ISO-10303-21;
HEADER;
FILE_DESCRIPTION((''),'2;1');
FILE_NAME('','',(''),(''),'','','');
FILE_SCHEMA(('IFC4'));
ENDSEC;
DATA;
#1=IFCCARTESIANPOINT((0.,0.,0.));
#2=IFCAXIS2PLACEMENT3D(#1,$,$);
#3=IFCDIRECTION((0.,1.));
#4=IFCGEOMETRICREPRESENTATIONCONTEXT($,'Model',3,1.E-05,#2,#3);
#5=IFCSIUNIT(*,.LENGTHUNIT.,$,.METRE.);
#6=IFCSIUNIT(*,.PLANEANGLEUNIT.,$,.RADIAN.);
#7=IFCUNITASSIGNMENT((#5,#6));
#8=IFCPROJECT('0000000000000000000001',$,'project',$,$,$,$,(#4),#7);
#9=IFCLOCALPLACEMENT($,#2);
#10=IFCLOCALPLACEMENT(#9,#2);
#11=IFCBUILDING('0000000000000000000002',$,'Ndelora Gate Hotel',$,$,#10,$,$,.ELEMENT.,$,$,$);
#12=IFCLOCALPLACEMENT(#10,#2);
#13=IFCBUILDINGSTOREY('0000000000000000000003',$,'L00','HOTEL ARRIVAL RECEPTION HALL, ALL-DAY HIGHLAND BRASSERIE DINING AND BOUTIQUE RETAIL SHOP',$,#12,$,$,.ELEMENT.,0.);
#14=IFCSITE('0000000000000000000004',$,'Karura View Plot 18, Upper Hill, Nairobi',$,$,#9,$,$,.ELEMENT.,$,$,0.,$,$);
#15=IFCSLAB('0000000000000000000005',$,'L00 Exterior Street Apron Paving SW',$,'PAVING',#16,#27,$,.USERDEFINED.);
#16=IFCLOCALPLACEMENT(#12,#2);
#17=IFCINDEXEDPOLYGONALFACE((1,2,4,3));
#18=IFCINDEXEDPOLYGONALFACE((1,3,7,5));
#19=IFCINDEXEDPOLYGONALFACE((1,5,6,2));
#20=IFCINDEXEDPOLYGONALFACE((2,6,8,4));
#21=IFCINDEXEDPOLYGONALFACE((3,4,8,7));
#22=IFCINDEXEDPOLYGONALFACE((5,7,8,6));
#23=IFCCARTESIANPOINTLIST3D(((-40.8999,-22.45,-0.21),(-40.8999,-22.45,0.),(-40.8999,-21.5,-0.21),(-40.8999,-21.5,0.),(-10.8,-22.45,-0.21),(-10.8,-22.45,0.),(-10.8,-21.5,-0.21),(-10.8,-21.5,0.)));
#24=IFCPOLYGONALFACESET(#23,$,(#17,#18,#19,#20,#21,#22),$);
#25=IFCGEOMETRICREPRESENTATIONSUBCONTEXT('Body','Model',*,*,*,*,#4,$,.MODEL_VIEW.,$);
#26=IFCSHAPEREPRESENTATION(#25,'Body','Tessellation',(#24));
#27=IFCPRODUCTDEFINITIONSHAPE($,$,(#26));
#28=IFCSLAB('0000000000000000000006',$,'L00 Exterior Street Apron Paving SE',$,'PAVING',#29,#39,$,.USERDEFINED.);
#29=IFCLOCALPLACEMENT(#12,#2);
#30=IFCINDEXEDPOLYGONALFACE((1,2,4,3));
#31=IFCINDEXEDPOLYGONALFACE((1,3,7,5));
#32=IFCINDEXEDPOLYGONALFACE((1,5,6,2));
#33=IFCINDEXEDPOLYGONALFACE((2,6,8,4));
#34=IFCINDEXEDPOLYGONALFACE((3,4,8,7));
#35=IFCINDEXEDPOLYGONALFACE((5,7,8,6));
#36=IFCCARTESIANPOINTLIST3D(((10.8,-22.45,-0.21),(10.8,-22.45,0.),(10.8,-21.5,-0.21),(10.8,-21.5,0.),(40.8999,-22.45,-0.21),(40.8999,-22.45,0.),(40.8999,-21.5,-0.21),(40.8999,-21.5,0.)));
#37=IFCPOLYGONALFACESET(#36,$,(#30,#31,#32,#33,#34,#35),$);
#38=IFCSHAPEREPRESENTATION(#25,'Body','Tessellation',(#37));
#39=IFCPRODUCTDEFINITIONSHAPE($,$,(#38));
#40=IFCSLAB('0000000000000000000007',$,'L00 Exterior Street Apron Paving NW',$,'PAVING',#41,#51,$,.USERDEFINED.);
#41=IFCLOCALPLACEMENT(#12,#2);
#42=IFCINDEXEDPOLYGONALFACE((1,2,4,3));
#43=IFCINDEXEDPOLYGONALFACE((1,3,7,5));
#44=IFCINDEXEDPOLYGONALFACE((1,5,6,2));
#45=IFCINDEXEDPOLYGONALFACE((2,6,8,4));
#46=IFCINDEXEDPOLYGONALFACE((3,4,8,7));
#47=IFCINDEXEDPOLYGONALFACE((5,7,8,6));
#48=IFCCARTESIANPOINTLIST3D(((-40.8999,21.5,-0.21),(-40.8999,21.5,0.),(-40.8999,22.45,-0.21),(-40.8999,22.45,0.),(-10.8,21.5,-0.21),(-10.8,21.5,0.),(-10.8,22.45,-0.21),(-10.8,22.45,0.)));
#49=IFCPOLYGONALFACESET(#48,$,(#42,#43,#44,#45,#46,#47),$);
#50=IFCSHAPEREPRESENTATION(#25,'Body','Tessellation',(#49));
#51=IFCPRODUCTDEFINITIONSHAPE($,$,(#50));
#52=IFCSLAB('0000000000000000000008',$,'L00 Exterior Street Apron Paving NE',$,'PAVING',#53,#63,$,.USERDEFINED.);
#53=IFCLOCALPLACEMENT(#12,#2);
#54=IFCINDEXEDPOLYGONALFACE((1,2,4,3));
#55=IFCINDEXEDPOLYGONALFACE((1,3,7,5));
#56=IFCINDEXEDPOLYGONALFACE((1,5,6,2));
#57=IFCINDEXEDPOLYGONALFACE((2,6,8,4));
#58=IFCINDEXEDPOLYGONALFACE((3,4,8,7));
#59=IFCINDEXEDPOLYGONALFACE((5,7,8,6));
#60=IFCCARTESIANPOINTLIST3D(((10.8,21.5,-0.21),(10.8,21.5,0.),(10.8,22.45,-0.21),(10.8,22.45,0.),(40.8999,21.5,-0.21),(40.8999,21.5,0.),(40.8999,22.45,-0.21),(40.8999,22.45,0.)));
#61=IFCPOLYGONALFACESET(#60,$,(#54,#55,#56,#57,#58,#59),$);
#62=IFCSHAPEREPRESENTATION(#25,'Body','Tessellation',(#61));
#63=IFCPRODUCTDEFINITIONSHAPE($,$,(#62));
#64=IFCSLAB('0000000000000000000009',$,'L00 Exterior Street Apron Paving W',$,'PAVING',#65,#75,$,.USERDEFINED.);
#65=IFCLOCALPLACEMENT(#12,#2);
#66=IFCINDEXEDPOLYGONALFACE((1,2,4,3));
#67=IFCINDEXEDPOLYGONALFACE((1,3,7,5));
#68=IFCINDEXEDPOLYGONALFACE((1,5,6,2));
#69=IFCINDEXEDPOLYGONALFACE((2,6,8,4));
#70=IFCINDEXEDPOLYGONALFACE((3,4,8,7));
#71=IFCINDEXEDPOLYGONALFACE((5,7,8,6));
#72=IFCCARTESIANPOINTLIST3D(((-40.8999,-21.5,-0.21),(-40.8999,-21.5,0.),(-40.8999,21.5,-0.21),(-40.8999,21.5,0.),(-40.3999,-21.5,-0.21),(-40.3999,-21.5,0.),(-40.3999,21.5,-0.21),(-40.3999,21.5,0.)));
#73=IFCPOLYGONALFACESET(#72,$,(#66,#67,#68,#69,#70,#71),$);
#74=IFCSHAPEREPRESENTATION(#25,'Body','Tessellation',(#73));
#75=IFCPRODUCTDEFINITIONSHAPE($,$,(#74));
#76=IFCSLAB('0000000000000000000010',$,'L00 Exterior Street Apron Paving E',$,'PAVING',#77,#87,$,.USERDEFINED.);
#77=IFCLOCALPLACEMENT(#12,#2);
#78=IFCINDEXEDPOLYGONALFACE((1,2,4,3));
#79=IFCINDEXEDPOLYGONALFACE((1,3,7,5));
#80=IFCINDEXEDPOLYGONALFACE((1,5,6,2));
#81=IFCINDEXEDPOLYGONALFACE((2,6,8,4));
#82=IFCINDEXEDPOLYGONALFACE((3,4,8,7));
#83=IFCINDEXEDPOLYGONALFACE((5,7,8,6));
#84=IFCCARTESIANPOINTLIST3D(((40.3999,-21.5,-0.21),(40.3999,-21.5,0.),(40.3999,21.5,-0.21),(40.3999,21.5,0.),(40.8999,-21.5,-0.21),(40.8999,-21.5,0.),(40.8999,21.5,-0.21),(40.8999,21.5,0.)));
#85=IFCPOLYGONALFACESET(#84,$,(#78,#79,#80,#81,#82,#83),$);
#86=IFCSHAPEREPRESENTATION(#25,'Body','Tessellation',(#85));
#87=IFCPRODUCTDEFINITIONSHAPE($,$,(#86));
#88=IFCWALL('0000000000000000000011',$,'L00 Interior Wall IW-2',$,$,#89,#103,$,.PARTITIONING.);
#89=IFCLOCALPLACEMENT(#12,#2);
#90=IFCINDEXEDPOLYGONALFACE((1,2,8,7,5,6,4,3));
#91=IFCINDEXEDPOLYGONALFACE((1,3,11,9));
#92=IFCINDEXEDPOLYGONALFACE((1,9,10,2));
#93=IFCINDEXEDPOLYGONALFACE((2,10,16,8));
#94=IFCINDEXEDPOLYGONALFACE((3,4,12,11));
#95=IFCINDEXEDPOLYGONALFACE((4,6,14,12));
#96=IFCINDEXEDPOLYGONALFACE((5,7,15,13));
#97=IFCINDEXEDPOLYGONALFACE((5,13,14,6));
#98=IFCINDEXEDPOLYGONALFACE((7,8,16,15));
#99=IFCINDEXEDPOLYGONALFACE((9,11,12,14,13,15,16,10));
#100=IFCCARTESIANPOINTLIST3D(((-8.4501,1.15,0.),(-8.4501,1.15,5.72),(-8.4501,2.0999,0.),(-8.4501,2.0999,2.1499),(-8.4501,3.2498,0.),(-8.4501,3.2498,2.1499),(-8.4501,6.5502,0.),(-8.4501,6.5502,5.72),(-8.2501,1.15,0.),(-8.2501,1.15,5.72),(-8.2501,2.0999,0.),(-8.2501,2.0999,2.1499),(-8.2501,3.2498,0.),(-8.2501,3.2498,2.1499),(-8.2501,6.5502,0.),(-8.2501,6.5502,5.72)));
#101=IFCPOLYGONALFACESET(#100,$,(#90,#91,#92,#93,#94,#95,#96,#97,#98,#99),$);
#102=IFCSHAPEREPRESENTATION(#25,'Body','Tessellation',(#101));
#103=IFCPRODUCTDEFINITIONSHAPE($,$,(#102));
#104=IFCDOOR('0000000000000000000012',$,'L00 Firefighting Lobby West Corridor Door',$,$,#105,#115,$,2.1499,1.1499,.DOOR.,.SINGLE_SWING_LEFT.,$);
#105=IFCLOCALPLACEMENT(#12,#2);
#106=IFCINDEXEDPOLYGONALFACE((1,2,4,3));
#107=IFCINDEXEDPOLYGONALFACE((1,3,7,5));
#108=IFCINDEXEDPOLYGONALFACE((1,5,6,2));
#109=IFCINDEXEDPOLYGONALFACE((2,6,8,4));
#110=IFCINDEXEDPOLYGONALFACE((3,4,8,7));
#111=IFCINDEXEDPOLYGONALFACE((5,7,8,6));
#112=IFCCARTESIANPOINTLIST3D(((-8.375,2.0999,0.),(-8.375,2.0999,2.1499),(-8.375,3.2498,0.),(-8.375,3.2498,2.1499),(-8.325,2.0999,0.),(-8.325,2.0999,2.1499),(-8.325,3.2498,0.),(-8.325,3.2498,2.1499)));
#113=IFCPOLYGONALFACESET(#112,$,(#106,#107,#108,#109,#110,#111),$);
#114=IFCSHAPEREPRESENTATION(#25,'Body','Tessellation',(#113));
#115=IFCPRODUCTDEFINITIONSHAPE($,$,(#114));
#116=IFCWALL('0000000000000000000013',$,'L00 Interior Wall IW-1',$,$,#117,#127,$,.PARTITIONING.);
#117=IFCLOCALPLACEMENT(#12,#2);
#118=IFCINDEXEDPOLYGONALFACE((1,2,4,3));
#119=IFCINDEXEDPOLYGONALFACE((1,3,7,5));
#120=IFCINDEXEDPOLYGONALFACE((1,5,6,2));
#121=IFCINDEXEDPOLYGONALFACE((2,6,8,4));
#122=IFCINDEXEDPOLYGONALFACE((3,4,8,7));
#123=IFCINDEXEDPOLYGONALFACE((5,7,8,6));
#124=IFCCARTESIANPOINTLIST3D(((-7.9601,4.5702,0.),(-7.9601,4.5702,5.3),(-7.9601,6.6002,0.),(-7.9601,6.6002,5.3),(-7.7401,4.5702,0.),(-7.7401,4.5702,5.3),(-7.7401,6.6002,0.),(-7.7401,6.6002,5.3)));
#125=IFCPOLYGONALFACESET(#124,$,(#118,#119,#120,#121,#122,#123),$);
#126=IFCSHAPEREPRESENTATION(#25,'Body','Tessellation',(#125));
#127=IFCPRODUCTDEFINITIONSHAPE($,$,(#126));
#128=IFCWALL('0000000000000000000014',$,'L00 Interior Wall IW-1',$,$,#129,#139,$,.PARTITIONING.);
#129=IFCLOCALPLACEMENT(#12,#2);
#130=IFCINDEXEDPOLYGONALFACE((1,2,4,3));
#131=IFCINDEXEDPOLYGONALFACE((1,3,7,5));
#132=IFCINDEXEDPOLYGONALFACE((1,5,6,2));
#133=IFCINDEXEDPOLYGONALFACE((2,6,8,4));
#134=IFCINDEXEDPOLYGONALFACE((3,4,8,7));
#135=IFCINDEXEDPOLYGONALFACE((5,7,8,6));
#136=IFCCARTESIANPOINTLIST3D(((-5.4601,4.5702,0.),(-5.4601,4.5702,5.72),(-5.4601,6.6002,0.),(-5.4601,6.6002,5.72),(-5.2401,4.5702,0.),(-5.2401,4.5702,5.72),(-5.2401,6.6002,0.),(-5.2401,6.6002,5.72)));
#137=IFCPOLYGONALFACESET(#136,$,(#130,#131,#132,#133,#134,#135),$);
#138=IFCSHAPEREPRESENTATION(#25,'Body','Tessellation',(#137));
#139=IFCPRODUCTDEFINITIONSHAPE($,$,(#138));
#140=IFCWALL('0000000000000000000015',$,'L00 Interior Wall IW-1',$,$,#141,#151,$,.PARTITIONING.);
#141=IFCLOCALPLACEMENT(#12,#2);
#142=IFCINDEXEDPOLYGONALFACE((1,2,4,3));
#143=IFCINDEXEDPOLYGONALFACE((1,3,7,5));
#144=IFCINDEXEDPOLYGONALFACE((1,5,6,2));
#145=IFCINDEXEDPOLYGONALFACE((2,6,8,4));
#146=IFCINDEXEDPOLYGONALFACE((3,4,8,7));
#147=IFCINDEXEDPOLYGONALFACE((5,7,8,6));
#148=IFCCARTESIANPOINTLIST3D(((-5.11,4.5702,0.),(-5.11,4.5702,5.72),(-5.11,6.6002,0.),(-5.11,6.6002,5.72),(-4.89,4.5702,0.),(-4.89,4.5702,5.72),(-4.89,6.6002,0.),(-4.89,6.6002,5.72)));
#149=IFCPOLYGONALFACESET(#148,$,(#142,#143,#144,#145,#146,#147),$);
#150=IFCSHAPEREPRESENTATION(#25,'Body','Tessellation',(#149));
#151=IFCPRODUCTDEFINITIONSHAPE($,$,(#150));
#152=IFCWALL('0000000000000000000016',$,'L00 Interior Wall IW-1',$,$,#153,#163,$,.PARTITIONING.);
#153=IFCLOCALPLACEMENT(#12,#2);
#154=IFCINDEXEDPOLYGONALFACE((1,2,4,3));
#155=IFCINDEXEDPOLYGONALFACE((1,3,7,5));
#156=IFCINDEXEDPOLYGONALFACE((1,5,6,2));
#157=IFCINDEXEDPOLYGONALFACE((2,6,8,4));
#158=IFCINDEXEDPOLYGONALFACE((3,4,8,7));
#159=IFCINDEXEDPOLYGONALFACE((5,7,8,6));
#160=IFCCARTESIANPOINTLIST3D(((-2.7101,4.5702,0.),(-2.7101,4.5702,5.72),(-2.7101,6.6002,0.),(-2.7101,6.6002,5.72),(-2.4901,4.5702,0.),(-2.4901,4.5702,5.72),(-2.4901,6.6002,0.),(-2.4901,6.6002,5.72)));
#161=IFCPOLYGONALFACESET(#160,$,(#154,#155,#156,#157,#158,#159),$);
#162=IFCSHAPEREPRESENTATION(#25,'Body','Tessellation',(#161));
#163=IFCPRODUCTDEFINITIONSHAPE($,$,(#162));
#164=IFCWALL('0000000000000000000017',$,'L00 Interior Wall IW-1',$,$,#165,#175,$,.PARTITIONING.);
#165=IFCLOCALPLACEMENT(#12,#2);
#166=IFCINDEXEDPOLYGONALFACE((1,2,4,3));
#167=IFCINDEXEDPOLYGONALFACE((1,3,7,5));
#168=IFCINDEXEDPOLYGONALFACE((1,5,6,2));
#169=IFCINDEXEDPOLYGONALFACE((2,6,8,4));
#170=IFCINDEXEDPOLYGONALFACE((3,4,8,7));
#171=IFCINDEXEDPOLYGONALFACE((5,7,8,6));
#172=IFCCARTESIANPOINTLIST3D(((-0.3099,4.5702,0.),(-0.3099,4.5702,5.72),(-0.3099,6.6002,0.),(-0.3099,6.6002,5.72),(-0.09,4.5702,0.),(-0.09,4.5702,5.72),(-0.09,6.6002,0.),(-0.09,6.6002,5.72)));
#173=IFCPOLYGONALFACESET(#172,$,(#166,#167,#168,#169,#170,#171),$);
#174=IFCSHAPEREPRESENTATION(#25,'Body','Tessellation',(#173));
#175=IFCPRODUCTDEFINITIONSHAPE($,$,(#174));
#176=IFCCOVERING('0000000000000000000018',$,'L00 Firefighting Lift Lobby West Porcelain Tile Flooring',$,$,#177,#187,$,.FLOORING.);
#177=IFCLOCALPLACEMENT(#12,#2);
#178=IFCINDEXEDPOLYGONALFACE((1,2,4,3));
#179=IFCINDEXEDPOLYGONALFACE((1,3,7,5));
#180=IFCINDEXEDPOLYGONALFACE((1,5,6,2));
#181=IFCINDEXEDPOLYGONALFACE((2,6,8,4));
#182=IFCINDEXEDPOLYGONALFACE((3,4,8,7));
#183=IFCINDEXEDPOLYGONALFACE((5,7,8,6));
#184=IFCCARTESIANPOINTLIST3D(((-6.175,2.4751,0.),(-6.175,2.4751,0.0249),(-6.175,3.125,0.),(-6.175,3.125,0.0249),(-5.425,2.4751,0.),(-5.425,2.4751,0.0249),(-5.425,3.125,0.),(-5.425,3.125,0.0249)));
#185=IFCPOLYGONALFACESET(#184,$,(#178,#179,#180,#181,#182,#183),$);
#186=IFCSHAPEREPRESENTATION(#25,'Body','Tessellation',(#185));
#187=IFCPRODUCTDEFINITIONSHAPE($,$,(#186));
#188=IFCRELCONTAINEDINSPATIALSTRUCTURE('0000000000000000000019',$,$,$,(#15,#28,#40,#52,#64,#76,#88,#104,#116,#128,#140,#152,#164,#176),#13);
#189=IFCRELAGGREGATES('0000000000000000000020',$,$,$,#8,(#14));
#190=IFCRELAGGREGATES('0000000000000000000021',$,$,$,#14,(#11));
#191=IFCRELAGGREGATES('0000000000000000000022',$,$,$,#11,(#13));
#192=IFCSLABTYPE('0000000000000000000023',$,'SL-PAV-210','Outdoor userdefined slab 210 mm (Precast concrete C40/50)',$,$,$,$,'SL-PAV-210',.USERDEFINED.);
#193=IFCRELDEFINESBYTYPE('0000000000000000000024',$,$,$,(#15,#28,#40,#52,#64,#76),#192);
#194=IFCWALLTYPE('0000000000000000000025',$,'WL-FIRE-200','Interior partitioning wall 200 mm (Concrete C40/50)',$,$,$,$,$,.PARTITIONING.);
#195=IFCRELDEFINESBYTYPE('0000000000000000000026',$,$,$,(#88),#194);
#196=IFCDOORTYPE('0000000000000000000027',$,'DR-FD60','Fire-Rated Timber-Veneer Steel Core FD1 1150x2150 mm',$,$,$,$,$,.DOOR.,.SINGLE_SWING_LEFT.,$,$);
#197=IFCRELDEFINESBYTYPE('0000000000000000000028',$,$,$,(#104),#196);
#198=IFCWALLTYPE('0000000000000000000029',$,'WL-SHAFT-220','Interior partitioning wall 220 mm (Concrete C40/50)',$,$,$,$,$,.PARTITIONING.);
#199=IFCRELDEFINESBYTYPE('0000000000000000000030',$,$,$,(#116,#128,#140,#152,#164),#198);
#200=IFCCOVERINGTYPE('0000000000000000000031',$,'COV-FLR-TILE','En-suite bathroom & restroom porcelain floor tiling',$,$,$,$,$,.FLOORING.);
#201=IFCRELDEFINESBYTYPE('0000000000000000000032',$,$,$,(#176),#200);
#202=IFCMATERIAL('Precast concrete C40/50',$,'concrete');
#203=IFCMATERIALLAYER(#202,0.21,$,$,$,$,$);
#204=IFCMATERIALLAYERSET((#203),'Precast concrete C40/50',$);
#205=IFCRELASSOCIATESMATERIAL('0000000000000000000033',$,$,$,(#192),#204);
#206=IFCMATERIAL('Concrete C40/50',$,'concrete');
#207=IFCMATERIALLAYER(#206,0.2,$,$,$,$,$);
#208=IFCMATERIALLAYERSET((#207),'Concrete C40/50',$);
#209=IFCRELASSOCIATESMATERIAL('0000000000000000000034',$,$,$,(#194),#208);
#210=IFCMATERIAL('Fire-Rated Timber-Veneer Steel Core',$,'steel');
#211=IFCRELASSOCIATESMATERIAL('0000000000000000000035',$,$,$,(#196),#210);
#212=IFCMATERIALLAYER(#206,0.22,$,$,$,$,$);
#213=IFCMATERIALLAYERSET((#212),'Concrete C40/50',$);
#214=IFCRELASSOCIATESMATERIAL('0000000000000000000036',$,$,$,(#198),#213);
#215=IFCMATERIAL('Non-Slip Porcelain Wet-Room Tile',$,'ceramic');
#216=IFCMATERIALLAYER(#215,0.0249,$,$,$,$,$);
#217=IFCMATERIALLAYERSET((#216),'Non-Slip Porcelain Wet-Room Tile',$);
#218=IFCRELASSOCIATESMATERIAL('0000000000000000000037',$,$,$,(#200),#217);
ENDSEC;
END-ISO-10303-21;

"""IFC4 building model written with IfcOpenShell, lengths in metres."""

from ifc_helpers import new_model, si_unit, direction, frame, frame_2d, origin, origin_2d, place, context, subcontext, project, spatial, polyline, rectangle, outline, extrude, material, layer, layer_set, type_object, element, fill, save


model = new_model("IFC4")

# Units and contexts
model_context = context("Model", 3, precision=1e-05, world=origin(), true_north=direction((0.0, 1.0)))
body_context = subcontext(model_context, "Body", "Model", "MODEL_VIEW")
ifc_project = project(units=[si_unit("LENGTHUNIT", "METRE"), si_unit("PLANEANGLEUNIT", "RADIAN")], contexts=[model_context])

# Site, building, storey
site_placement = place(None, origin())
site = spatial("IfcSite", under=ifc_project, at=site_placement, Name="Karura View Plot 18, Upper Hill, Nairobi", CompositionType="ELEMENT", RefElevation=0.0)
building_placement = place(site_placement, origin())
building = spatial("IfcBuilding", under=site, at=building_placement, Name="Ndelora Gate Hotel", CompositionType="ELEMENT")
storey_placement = place(building_placement, origin())
storey = spatial("IfcBuildingStorey", under=building, at=storey_placement, Name="L00", Description="HOTEL ARRIVAL RECEPTION HALL, ALL-DAY HIGHLAND BRASSERIE DINING AND BOUTIQUE RETAIL SHOP", CompositionType="ELEMENT", Elevation=0.0)

# Slabs
ifc_material_1 = material(Name="Precast concrete C40/50", Category="concrete")
ifc_layer_1 = layer(ifc_material_1, 0.21)
ifc_layer_set_1 = layer_set([ifc_layer_1], Name="Precast concrete C40/50")
slab_type = type_object("IfcSlabType", Name="SL-PAV-210", Description="Outdoor userdefined slab 210 mm (Precast concrete C40/50)", ElementType="SL-PAV-210", PredefinedType="USERDEFINED", material=ifc_layer_set_1)
slab_1_placement = place(storey_placement, frame((0.0, 0.0, -0.21)))
element("IfcSlab", 1, at=slab_1_placement, inside=storey, type_object=slab_type, Name="L00 Exterior Street Apron Paving SW", ObjectType="PAVING", PredefinedType="USERDEFINED", context=body_context, shape_type="SweptSolid", body=[
    extrude(outline(polyline([(-40.8999, -22.45), (-10.8, -22.45), (-10.8, -21.5), (-40.8999, -21.5), (-40.8999, -22.45)])), origin(), (0.0, 0.0, 1.0), 0.21),
])
slab_2_placement = place(storey_placement, frame((0.0, 0.0, -0.21)))
element("IfcSlab", 2, at=slab_2_placement, inside=storey, type_object=slab_type, Name="L00 Exterior Street Apron Paving SE", ObjectType="PAVING", PredefinedType="USERDEFINED", context=body_context, shape_type="SweptSolid", body=[
    extrude(outline(polyline([(10.8, -22.45), (40.8999, -22.45), (40.8999, -21.5), (10.8, -21.5), (10.8, -22.45)])), origin(), (0.0, 0.0, 1.0), 0.21),
])
slab_3_placement = place(storey_placement, frame((0.0, 0.0, -0.21)))
element("IfcSlab", 3, at=slab_3_placement, inside=storey, type_object=slab_type, Name="L00 Exterior Street Apron Paving NW", ObjectType="PAVING", PredefinedType="USERDEFINED", context=body_context, shape_type="SweptSolid", body=[
    extrude(outline(polyline([(-40.8999, 21.5), (-10.8, 21.5), (-10.8, 22.45), (-40.8999, 22.45), (-40.8999, 21.5)])), origin(), (0.0, 0.0, 1.0), 0.21),
])
slab_4_placement = place(storey_placement, frame((0.0, 0.0, -0.21)))
element("IfcSlab", 4, at=slab_4_placement, inside=storey, type_object=slab_type, Name="L00 Exterior Street Apron Paving NE", ObjectType="PAVING", PredefinedType="USERDEFINED", context=body_context, shape_type="SweptSolid", body=[
    extrude(outline(polyline([(10.8, 21.5), (40.8999, 21.5), (40.8999, 22.45), (10.8, 22.45), (10.8, 21.5)])), origin(), (0.0, 0.0, 1.0), 0.21),
])
slab_5_placement = place(storey_placement, frame((0.0, 0.0, -0.21)))
element("IfcSlab", 5, at=slab_5_placement, inside=storey, type_object=slab_type, Name="L00 Exterior Street Apron Paving W", ObjectType="PAVING", PredefinedType="USERDEFINED", context=body_context, shape_type="SweptSolid", body=[
    extrude(outline(polyline([(-40.8999, -21.5), (-40.3999, -21.5), (-40.3999, 21.5), (-40.8999, 21.5), (-40.8999, -21.5)])), origin(), (0.0, 0.0, 1.0), 0.21),
])
slab_6_placement = place(storey_placement, frame((0.0, 0.0, -0.21)))
element("IfcSlab", 6, at=slab_6_placement, inside=storey, type_object=slab_type, Name="L00 Exterior Street Apron Paving E", ObjectType="PAVING", PredefinedType="USERDEFINED", context=body_context, shape_type="SweptSolid", body=[
    extrude(outline(polyline([(40.3999, -21.5), (40.8999, -21.5), (40.8999, 21.5), (40.3999, 21.5), (40.3999, -21.5)])), origin(), (0.0, 0.0, 1.0), 0.21),
])

# Wall, opening, door
ifc_material_2 = material(Name="Concrete C40/50", Category="concrete")
ifc_layer_2 = layer(ifc_material_2, 0.2)
ifc_layer_set_2 = layer_set([ifc_layer_2], Name="Concrete C40/50")
wall_type_1 = type_object("IfcWallType", Name="WL-FIRE-200", Description="Interior partitioning wall 200 mm (Concrete C40/50)", PredefinedType="PARTITIONING", material=ifc_layer_set_2)
ifc_material_3 = material(Name="Fire-Rated Timber-Veneer Steel Core", Category="steel")
door_type_1 = type_object("IfcDoorType", Name="DR-FD60", Description="Fire-Rated Timber-Veneer Steel Core FD1 1150x2150 mm", OperationType="SINGLE_SWING_LEFT", PredefinedType="DOOR", material=ifc_material_3)
wall_1_placement = place(storey_placement, frame((-8.3501, 1.1499, 0.0), z_axis=(0.0, 0.0, 1.0), x_axis=(0.0, 1.0, 0.0)))
wall_1 = element("IfcWall", 7, at=wall_1_placement, inside=storey, type_object=wall_type_1, Name="L00 Interior Wall IW-2", PredefinedType="PARTITIONING", context=body_context, shape_type="SweptSolid", body=[
    extrude(rectangle(XDim=5.4001, YDim=0.2, at=frame_2d((2.7002, 0.0))), origin(), (0.0, 0.0, 1.0), 5.72),
])
opening_1_placement = place(wall_1_placement, frame((0.95, 0.0, 0.0)))
opening_1 = element("IfcOpeningElement", 8, at=opening_1_placement, cuts=wall_1, PredefinedType="OPENING", context=body_context, shape_type="SweptSolid", body=[
    extrude(rectangle(XDim=1.1499, YDim=2.1499, at=frame_2d((0.575, 1.075))), frame((0.0, 0.1099, 0.0), z_axis=(0.0, -1.0, 0.0), x_axis=(1.0, 0.0, 0.0)), (0.0, 0.0, 1.0), 0.22),
])
door_1_placement = place(opening_1_placement, origin())
door_1 = element("IfcDoor", 9, at=door_1_placement, inside=storey, type_object=door_type_1, Name="L00 Firefighting Lobby West Corridor Door", OperationType="SINGLE_SWING_LEFT", OverallHeight=2.1499, OverallWidth=1.1499, PredefinedType="DOOR", context=body_context, shape_type="SweptSolid", body=[
    extrude(rectangle(XDim=1.1499, YDim=2.1499, at=frame_2d((0.575, 1.075))), frame((0.0, 0.0249, 0.0), z_axis=(0.0, -1.0, 0.0), x_axis=(1.0, 0.0, 0.0)), (0.0, 0.0, 1.0), 0.05),
])
fill(opening_1, door_1)
ifc_layer_3 = layer(ifc_material_2, 0.22)
ifc_layer_set_3 = layer_set([ifc_layer_3], Name="Concrete C40/50")
wall_type_2 = type_object("IfcWallType", Name="WL-SHAFT-220", Description="Interior partitioning wall 220 mm (Concrete C40/50)", PredefinedType="PARTITIONING", material=ifc_layer_set_3)

# Walls
wall_2_placement = place(storey_placement, frame((-7.8501, 4.5701, 0.0), z_axis=(0.0, 0.0, 1.0), x_axis=(0.0, 1.0, 0.0)))
element("IfcWall", 10, at=wall_2_placement, inside=storey, type_object=wall_type_2, Name="L00 Interior Wall IW-1", PredefinedType="PARTITIONING", context=body_context, shape_type="SweptSolid", body=[
    extrude(rectangle(XDim=2.03, YDim=0.22, at=frame_2d((1.0151, 0.0))), origin(), (0.0, 0.0, 1.0), 5.3),
])
wall_3_placement = place(storey_placement, frame((-5.3501, 4.5701, 0.0), z_axis=(0.0, 0.0, 1.0), x_axis=(0.0, 1.0, 0.0)))
element("IfcWall", 11, at=wall_3_placement, inside=storey, type_object=wall_type_2, Name="L00 Interior Wall IW-1", PredefinedType="PARTITIONING", context=body_context, shape_type="SweptSolid", body=[
    extrude(rectangle(XDim=2.03, YDim=0.22, at=frame_2d((1.0151, 0.0))), origin(), (0.0, 0.0, 1.0), 5.72),
])

# Walls
for number, where, z_axis, x_axis, name in (
    (12, (-5.0, 4.5701, 0.0), (0.0, 0.0, 1.0), (0.0, 1.0, 0.0), "L00 Interior Wall IW-1"),
    (13, (-2.6001, 4.5701, 0.0), (0.0, 0.0, 1.0), (0.0, 1.0, 0.0), "L00 Interior Wall IW-1"),
):
    element("IfcWall", number, at=place(storey_placement, frame(where, z_axis=z_axis, x_axis=x_axis)), inside=storey, type_object=wall_type_2, Name=name, PredefinedType="PARTITIONING", context=body_context, shape_type="SweptSolid", body=[
        extrude(rectangle(XDim=2.03, YDim=0.22, at=frame_2d((1.0151, 0.0))), origin(), (0.0, 0.0, 1.0), 5.72),
    ])

# Wall
wall_4_placement = place(storey_placement, frame((-0.2, 4.5701, 0.0), z_axis=(0.0, 0.0, 1.0), x_axis=(0.0, 1.0, 0.0)))
element("IfcWall", 14, at=wall_4_placement, inside=storey, type_object=wall_type_2, Name="L00 Interior Wall IW-1", PredefinedType="PARTITIONING", context=body_context, shape_type="SweptSolid", body=[
    extrude(rectangle(XDim=2.03, YDim=0.22, at=frame_2d((1.0151, 0.0))), origin(), (0.0, 0.0, 1.0), 5.72),
])

# Covering
ifc_material_4 = material(Name="Non-Slip Porcelain Wet-Room Tile", Category="ceramic")
ifc_layer_4 = layer(ifc_material_4, 0.0249)
ifc_layer_set_4 = layer_set([ifc_layer_4], Name="Non-Slip Porcelain Wet-Room Tile")
covering_type = type_object("IfcCoveringType", Name="COV-FLR-TILE", Description="En-suite bathroom & restroom porcelain floor tiling", PredefinedType="FLOORING", material=ifc_layer_set_4)
covering_placement = place(storey_placement, frame((-5.8, 2.8, 0.0), z_axis=(0.0, 0.0, 1.0), x_axis=(1.0, 0.0, 0.0)))
element("IfcCovering", 15, at=covering_placement, inside=storey, type_object=covering_type, Name="L00 Firefighting Lift Lobby West Porcelain Tile Flooring", PredefinedType="FLOORING", context=body_context, shape_type="SweptSolid", body=[
    extrude(rectangle(XDim=0.75, YDim=0.6499, at=origin_2d()), origin(), (0.0, 0.0, 1.0), 0.0249),
])

save(model, "model.ifc")
